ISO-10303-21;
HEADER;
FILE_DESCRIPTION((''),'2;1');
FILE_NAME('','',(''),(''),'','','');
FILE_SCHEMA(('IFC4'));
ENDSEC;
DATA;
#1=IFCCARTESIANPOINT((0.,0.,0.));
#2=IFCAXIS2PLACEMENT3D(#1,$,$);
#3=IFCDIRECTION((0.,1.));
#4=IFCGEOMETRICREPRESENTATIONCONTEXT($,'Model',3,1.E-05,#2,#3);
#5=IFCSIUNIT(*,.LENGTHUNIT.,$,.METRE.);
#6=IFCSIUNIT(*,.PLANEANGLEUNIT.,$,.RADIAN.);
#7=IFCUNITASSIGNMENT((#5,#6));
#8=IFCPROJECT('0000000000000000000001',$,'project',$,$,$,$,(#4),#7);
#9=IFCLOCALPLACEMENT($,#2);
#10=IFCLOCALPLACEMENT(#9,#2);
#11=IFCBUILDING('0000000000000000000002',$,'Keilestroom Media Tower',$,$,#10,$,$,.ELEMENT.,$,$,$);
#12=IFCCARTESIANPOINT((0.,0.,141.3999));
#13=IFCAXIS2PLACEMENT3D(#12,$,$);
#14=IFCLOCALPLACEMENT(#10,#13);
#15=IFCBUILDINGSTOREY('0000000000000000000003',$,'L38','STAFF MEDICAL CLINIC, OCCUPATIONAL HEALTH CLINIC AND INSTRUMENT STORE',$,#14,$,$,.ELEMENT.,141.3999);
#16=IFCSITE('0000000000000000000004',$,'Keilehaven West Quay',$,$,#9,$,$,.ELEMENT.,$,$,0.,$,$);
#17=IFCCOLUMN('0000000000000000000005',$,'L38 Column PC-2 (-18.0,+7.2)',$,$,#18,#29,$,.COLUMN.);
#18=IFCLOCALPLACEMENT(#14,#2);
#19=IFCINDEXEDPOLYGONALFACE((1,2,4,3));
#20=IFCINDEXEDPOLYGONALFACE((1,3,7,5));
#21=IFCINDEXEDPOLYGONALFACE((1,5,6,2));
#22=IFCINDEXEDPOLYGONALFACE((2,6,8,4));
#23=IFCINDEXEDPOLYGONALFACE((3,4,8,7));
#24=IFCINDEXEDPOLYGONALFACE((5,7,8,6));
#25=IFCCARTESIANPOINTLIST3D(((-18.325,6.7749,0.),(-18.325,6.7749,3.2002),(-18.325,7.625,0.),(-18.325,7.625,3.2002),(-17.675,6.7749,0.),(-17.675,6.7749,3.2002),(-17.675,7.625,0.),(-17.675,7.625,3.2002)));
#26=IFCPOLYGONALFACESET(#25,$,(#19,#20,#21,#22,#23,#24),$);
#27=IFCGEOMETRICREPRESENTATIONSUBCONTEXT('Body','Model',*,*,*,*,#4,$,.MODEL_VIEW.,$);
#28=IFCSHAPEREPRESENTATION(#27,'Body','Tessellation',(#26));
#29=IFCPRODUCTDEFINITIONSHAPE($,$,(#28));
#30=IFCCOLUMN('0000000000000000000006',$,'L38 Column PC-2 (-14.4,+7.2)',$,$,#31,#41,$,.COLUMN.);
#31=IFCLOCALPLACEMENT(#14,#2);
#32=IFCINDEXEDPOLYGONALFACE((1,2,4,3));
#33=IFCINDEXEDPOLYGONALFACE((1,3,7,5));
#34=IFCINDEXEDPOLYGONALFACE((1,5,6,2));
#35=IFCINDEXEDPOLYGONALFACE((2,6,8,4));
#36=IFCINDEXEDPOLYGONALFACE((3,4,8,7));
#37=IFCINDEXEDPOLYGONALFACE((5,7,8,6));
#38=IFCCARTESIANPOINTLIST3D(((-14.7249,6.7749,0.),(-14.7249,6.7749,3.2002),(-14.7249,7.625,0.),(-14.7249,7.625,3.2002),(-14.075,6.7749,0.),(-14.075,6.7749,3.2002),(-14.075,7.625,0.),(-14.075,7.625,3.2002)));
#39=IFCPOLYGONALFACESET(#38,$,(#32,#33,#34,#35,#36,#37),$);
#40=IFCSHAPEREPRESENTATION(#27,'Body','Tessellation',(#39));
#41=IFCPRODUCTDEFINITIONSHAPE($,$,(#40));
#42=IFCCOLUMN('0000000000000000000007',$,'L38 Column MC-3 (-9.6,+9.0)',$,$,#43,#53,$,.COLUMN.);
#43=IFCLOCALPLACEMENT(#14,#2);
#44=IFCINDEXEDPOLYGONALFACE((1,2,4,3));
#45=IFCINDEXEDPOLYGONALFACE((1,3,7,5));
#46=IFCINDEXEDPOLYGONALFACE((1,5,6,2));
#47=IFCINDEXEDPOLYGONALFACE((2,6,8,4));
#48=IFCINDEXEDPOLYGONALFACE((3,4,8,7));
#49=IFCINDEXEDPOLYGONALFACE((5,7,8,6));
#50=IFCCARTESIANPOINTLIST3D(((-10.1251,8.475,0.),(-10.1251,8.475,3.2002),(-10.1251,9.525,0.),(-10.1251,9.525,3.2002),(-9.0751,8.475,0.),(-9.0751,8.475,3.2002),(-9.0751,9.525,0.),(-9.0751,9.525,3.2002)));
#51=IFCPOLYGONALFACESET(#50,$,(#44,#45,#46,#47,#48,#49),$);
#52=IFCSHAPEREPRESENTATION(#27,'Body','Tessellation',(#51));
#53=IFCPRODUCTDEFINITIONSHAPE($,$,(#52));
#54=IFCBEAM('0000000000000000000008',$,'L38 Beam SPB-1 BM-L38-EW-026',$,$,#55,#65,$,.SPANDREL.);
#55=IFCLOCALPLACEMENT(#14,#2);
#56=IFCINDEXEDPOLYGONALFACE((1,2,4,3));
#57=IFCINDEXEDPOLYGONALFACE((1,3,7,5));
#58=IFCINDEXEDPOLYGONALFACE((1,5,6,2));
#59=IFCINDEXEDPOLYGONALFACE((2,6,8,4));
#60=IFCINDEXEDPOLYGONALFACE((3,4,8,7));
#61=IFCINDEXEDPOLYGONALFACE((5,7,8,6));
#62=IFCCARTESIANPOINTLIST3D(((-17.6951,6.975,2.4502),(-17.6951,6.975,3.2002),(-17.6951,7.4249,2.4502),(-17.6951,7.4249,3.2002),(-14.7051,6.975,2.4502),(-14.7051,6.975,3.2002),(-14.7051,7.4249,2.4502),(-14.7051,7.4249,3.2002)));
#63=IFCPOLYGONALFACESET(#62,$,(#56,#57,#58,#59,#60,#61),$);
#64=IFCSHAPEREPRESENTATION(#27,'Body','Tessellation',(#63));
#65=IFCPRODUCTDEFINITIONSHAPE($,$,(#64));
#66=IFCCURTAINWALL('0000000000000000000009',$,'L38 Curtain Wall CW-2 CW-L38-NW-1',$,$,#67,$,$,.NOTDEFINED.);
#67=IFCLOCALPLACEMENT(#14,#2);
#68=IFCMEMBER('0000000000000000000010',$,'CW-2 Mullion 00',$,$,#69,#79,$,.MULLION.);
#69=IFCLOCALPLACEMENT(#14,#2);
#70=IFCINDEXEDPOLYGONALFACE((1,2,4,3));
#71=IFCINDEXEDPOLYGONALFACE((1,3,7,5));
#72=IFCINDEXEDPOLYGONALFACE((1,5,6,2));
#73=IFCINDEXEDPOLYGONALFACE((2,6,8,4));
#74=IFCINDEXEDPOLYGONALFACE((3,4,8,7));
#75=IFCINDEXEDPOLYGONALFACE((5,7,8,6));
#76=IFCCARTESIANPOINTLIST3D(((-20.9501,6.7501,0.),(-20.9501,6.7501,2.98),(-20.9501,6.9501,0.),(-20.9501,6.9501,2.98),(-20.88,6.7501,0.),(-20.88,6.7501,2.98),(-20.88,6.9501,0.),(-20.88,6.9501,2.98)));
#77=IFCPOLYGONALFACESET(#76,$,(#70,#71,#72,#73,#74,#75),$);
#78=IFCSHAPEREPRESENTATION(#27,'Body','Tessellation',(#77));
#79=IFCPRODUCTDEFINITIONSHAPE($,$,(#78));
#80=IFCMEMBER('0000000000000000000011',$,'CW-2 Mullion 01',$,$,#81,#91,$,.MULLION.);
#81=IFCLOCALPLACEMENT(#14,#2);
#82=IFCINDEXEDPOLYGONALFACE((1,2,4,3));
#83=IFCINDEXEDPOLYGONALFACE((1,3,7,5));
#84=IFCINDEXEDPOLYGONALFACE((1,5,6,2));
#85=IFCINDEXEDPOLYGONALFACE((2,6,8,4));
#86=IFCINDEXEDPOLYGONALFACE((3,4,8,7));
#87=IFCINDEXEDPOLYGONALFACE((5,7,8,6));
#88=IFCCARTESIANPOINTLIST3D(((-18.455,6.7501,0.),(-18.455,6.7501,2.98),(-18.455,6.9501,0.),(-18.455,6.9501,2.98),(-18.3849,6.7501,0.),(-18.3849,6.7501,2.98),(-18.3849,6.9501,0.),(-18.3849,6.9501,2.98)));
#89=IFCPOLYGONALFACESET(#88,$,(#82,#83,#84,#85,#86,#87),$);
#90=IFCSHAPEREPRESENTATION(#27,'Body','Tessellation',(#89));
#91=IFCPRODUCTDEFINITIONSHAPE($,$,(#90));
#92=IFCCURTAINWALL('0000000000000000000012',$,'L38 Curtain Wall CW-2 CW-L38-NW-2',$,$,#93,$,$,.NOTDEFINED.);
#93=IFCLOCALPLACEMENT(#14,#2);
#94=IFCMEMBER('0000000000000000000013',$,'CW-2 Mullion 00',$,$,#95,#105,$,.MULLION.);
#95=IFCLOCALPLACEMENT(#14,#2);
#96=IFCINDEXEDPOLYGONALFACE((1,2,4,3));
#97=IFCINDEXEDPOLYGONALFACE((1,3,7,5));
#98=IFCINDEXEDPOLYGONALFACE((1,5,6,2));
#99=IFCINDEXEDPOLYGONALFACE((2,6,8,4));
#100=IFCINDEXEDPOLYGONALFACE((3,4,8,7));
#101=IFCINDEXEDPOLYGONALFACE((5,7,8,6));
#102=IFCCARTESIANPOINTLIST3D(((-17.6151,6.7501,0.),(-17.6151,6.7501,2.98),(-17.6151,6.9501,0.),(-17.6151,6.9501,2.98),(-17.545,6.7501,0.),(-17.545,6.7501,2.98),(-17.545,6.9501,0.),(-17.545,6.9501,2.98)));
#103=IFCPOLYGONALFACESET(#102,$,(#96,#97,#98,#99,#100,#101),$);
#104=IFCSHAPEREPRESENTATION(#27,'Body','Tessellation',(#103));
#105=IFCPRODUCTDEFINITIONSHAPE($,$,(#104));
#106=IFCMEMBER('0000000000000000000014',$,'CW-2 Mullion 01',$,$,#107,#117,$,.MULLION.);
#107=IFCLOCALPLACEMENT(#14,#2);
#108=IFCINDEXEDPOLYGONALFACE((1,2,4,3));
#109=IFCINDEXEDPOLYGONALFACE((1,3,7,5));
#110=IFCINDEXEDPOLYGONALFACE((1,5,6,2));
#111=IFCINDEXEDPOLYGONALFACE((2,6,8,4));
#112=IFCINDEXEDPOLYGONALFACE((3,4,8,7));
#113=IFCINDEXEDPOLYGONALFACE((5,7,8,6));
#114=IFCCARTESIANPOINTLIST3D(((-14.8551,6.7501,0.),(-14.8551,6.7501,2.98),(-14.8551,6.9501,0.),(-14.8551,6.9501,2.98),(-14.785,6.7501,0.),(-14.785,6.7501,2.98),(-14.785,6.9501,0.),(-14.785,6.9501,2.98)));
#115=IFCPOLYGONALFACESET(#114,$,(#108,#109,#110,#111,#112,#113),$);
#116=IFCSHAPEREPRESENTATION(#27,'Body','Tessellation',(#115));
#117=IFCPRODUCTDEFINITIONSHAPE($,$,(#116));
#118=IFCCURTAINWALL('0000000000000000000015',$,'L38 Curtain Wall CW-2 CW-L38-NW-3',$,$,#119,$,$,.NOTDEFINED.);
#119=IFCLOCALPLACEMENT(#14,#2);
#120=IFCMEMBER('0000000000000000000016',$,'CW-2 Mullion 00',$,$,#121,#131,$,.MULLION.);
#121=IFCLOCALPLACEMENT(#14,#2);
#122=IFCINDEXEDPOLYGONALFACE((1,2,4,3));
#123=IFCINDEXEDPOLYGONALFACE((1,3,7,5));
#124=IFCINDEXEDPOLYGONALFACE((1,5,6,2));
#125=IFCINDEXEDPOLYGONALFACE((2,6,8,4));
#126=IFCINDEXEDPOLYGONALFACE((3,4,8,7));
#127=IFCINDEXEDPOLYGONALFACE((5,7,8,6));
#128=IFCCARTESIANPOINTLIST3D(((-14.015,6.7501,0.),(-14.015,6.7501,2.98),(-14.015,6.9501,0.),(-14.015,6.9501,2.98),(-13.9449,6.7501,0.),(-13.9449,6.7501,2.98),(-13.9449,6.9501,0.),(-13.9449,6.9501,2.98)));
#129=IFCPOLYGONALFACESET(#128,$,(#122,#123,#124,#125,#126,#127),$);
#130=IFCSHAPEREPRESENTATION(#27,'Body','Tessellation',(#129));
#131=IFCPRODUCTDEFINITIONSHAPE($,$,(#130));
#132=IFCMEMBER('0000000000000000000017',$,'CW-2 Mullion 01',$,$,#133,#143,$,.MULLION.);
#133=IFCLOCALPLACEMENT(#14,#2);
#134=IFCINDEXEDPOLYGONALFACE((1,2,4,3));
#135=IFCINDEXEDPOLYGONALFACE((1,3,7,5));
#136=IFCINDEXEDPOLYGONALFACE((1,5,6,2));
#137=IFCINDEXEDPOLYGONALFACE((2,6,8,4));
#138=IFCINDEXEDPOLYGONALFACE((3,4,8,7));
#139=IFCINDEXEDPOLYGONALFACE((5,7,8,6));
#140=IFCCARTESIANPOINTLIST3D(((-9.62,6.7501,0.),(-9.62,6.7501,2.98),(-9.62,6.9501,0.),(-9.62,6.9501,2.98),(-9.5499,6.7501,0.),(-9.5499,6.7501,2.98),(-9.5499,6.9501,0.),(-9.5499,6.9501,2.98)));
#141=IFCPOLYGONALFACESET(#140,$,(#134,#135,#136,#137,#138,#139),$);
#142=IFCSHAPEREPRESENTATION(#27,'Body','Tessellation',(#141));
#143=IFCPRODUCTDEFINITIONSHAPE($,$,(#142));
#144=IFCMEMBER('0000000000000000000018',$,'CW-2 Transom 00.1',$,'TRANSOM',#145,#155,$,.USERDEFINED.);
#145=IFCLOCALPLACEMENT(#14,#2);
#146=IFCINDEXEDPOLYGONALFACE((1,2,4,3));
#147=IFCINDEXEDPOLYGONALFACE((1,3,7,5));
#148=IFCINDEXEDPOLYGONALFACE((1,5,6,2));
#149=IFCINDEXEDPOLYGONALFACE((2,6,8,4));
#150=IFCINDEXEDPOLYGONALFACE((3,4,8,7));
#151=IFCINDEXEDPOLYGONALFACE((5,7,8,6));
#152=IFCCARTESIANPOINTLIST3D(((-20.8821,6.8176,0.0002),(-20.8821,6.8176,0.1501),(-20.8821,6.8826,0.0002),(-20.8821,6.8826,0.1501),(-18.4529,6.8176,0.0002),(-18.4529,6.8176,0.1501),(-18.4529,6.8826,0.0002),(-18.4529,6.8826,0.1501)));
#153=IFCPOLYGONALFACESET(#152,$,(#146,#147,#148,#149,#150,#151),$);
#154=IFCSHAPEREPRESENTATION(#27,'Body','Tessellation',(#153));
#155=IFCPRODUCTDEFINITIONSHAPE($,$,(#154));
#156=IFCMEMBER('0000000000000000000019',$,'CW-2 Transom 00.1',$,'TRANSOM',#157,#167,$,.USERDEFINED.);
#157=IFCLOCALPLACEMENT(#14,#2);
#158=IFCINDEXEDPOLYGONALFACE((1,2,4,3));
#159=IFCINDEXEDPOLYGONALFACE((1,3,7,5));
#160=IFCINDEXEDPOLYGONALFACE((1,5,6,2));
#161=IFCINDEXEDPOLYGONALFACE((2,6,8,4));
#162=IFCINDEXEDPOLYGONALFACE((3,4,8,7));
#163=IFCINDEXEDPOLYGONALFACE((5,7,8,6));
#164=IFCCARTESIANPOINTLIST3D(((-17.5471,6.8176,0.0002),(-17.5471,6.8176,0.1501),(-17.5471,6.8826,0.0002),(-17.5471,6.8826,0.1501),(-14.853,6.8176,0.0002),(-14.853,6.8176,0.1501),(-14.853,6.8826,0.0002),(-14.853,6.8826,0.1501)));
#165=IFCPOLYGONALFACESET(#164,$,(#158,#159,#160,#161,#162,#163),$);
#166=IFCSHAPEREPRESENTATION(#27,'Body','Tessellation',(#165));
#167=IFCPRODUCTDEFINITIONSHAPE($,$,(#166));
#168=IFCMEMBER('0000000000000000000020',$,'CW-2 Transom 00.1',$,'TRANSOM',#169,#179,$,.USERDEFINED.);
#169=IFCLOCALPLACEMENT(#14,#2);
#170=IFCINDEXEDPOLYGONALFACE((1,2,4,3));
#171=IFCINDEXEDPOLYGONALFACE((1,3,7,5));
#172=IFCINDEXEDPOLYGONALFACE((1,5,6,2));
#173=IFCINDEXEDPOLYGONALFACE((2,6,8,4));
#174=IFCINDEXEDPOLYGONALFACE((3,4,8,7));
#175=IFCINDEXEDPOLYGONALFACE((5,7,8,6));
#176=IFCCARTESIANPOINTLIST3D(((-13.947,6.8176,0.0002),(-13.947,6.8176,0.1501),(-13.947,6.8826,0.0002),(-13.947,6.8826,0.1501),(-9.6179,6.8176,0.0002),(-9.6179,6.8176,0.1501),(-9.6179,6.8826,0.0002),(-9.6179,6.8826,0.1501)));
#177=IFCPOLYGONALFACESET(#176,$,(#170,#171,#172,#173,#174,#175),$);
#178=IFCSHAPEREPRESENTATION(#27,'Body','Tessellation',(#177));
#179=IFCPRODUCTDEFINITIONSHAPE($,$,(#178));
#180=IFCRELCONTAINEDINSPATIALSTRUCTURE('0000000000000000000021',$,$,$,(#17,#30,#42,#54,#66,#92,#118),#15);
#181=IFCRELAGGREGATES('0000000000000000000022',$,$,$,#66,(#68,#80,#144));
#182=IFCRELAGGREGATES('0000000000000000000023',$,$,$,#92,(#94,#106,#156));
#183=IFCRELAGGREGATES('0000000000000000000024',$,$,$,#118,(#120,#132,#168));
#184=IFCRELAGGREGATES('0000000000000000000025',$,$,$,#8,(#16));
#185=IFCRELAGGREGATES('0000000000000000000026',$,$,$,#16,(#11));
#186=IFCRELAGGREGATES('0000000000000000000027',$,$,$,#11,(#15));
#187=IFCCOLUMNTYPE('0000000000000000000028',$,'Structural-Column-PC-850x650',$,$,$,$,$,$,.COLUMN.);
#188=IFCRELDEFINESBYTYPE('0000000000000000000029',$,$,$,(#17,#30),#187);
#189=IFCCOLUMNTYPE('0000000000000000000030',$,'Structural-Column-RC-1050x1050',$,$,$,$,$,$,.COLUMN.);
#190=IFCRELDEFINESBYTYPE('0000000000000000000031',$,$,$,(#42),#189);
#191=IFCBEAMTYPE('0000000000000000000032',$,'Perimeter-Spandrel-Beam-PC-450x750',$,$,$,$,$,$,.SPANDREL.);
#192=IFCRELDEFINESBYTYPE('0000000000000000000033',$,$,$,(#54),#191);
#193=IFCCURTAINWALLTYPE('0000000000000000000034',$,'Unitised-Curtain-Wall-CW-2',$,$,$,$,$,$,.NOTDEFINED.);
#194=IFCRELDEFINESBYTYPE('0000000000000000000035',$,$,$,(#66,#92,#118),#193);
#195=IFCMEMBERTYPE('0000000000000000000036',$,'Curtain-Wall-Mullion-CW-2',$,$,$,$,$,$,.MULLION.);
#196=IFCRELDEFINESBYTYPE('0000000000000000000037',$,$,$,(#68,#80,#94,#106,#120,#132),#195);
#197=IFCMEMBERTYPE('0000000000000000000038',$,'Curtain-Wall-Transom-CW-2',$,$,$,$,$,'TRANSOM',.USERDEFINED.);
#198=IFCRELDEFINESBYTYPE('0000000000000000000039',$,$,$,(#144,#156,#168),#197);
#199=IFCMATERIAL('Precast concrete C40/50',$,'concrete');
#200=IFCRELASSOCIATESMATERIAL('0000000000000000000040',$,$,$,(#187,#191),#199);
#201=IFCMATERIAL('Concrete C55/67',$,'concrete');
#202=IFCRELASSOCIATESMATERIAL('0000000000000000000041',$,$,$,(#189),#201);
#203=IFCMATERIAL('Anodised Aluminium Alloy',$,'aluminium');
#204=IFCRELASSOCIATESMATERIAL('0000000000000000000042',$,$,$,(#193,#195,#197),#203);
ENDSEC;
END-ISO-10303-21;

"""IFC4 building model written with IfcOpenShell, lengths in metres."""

from ifc_helpers import new_model, si_unit, direction, frame, origin, origin_2d, place, context, subcontext, project, spatial, rectangle, extrude, source, transform, mapped, material, material_profile, profile_set, type_object, element, aggregate, save


model = new_model("IFC4")

# Units and contexts
model_context = context("Model", 3, precision=1e-05, world=origin(), true_north=direction((0.0, 1.0)))
body_context = subcontext(model_context, "Body", "Model", "MODEL_VIEW")
ifc_project = project(units=[si_unit("LENGTHUNIT", "METRE"), si_unit("PLANEANGLEUNIT", "RADIAN")], contexts=[model_context])

# Site, building, storey
site_placement = place(None, origin())
site = spatial("IfcSite", under=ifc_project, at=site_placement, Name="Keilehaven West Quay", CompositionType="ELEMENT", RefElevation=0.0)
building_placement = place(site_placement, origin())
building = spatial("IfcBuilding", under=site, at=building_placement, Name="Keilestroom Media Tower", CompositionType="ELEMENT")
storey_placement = place(building_placement, frame((0.0, 0.0, 141.3999)))
storey = spatial("IfcBuildingStorey", under=building, at=storey_placement, Name="L38", Description="STAFF MEDICAL CLINIC, OCCUPATIONAL HEALTH CLINIC AND INSTRUMENT STORE", CompositionType="ELEMENT", Elevation=141.3999)

# Columns
ifc_material_1 = material(Name="Precast concrete C40/50", Category="concrete")
ifc_material_profile_1 = material_profile(ifc_material_1, rectangle(XDim=0.6499, YDim=0.8501, at=origin_2d()), Name="PC 850x650")
ifc_profile_set_1 = profile_set([ifc_material_profile_1], Name="Precast concrete C40/50")
column_type_1 = type_object("IfcColumnType", Name="Structural-Column-PC-850x650", PredefinedType="COLUMN", material=ifc_profile_set_1)
shared_shape_1 = source(origin(), body_context, "Body", "SweptSolid", [
    extrude(rectangle(XDim=0.6499, YDim=0.8501, at=origin_2d()), origin(), (0.0, 0.0, 1.0), 3.2002),
])
for number, where, z_axis, x_axis, name in (
    (1, (-18.0, 7.2, 0.0), (0.0, 0.0, 1.0), (1.0, 0.0, 0.0), "L38 Column PC-2 (-18.0,+7.2)"),
    (2, (-14.3999, 7.2, 0.0), (0.0, 0.0, 1.0), (1.0, 0.0, 0.0), "L38 Column PC-2 (-14.4,+7.2)"),
):
    element("IfcColumn", number, at=place(storey_placement, frame(where, z_axis=z_axis, x_axis=x_axis)), inside=storey, type_object=column_type_1, Name=name, PredefinedType="COLUMN", context=body_context, shape_type="MappedRepresentation", body=[
        mapped(shared_shape_1, transform((0.0, 0.0, 0.0), x_axis=(1.0, 0.0, 0.0), y_axis=(0.0, 1.0, 0.0), z_axis=(0.0, 0.0, 1.0), scale=1.0)),
    ])
ifc_material_2 = material(Name="Concrete C55/67", Category="concrete")
ifc_material_profile_2 = material_profile(ifc_material_2, rectangle(XDim=1.05, YDim=1.05, at=origin_2d()), Name="RC 1050x1050")
ifc_profile_set_2 = profile_set([ifc_material_profile_2], Name="Concrete C55/67")
column_type_2 = type_object("IfcColumnType", Name="Structural-Column-RC-1050x1050", PredefinedType="COLUMN", material=ifc_profile_set_2)
shared_shape_2 = source(origin(), body_context, "Body", "SweptSolid", [
    extrude(rectangle(XDim=1.05, YDim=1.05, at=origin_2d()), origin(), (0.0, 0.0, 1.0), 3.2002),
])
column_placement = place(storey_placement, frame((-9.6001, 9.0, 0.0), z_axis=(0.0, 0.0, 1.0), x_axis=(1.0, 0.0, 0.0)))
element("IfcColumn", 3, at=column_placement, inside=storey, type_object=column_type_2, Name="L38 Column MC-3 (-9.6,+9.0)", PredefinedType="COLUMN", context=body_context, shape_type="MappedRepresentation", body=[
    mapped(shared_shape_2, transform((0.0, 0.0, 0.0), x_axis=(1.0, 0.0, 0.0), y_axis=(0.0, 1.0, 0.0), z_axis=(0.0, 0.0, 1.0), scale=1.0)),
])

# Beam
ifc_material_profile_3 = material_profile(ifc_material_1, rectangle(XDim=0.45, YDim=0.75, at=origin_2d()), Name="PC 450x750")
ifc_profile_set_3 = profile_set([ifc_material_profile_3], Name="Precast concrete C40/50")
beam_type = type_object("IfcBeamType", Name="Perimeter-Spandrel-Beam-PC-450x750", PredefinedType="SPANDREL", material=ifc_profile_set_3)
shared_shape_3 = source(origin(), body_context, "Body", "SweptSolid", [
    extrude(rectangle(XDim=0.45, YDim=0.75, at=origin_2d()), origin(), (0.0, 0.0, 1.0), 2.99),
])
beam_placement = place(storey_placement, frame((-17.6951, 7.2, 2.8252), z_axis=(1.0, 0.0, 0.0), x_axis=(0.0, 1.0, 0.0)))
element("IfcBeam", 4, at=beam_placement, inside=storey, type_object=beam_type, Name="L38 Beam SPB-1 BM-L38-EW-026", PredefinedType="SPANDREL", context=body_context, shape_type="MappedRepresentation", body=[
    mapped(shared_shape_3, transform((0.0, 0.0, 0.0), x_axis=(1.0, 0.0, 0.0), y_axis=(0.0, 1.0, 0.0), z_axis=(0.0, 0.0, 1.0), scale=1.0)),
])

# Curtain walls, members
ifc_material_3 = material(Name="Anodised Aluminium Alloy", Category="aluminium")
curtain_wall_type = type_object("IfcCurtainWallType", Name="Unitised-Curtain-Wall-CW-2", PredefinedType="NOTDEFINED", material=ifc_material_3)
curtain_wall_1_placement = place(storey_placement, origin())
curtain_wall_1 = element("IfcCurtainWall", 5, at=curtain_wall_1_placement, inside=storey, type_object=curtain_wall_type, Name="L38 Curtain Wall CW-2 CW-L38-NW-1", PredefinedType="NOTDEFINED")
ifc_material_profile_4 = material_profile(ifc_material_3, rectangle(XDim=0.0701, YDim=0.2, at=origin_2d()), Name="ALU MULLION 70x200")
ifc_profile_set_4 = profile_set([ifc_material_profile_4], Name="Anodised Aluminium Alloy")
member_type_1 = type_object("IfcMemberType", Name="Curtain-Wall-Mullion-CW-2", PredefinedType="MULLION", material=ifc_profile_set_4)
shared_shape_4 = source(origin(), body_context, "Body", "SweptSolid", [
    extrude(rectangle(XDim=0.0701, YDim=0.2, at=origin_2d()), origin(), (0.0, 0.0, 1.0), 2.98),
])
member_1_placement = place(storey_placement, frame((-20.915, 6.8501, 0.0), z_axis=(0.0, 0.0, 1.0), x_axis=(1.0, 0.0, 0.0)))
member_1 = element("IfcMember", 6, at=member_1_placement, type_object=member_type_1, Name="CW-2 Mullion 00", PredefinedType="MULLION", context=body_context, shape_type="MappedRepresentation", body=[
    mapped(shared_shape_4, transform((0.0, 0.0, 0.0), x_axis=(1.0, 0.0, 0.0), y_axis=(0.0, 1.0, 0.0), z_axis=(0.0, 0.0, 1.0), scale=1.0)),
])
member_2_placement = place(storey_placement, frame((-18.4199, 6.8501, 0.0), z_axis=(0.0, 0.0, 1.0), x_axis=(1.0, 0.0, 0.0)))
member_2 = element("IfcMember", 7, at=member_2_placement, type_object=member_type_1, Name="CW-2 Mullion 01", PredefinedType="MULLION", context=body_context, shape_type="MappedRepresentation", body=[
    mapped(shared_shape_4, transform((0.0, 0.0, 0.0), x_axis=(1.0, 0.0, 0.0), y_axis=(0.0, 1.0, 0.0), z_axis=(0.0, 0.0, 1.0), scale=1.0)),
])
curtain_wall_2_placement = place(storey_placement, origin())
curtain_wall_2 = element("IfcCurtainWall", 8, at=curtain_wall_2_placement, inside=storey, type_object=curtain_wall_type, Name="L38 Curtain Wall CW-2 CW-L38-NW-2", PredefinedType="NOTDEFINED")
member_3_placement = place(storey_placement, frame((-17.5801, 6.8501, 0.0), z_axis=(0.0, 0.0, 1.0), x_axis=(1.0, 0.0, 0.0)))
member_3 = element("IfcMember", 9, at=member_3_placement, type_object=member_type_1, Name="CW-2 Mullion 00", PredefinedType="MULLION", context=body_context, shape_type="MappedRepresentation", body=[
    mapped(shared_shape_4, transform((0.0, 0.0, 0.0), x_axis=(1.0, 0.0, 0.0), y_axis=(0.0, 1.0, 0.0), z_axis=(0.0, 0.0, 1.0), scale=1.0)),
])
member_4_placement = place(storey_placement, frame((-14.8201, 6.8501, 0.0), z_axis=(0.0, 0.0, 1.0), x_axis=(1.0, 0.0, 0.0)))
member_4 = element("IfcMember", 10, at=member_4_placement, type_object=member_type_1, Name="CW-2 Mullion 01", PredefinedType="MULLION", context=body_context, shape_type="MappedRepresentation", body=[
    mapped(shared_shape_4, transform((0.0, 0.0, 0.0), x_axis=(1.0, 0.0, 0.0), y_axis=(0.0, 1.0, 0.0), z_axis=(0.0, 0.0, 1.0), scale=1.0)),
])
curtain_wall_3_placement = place(storey_placement, origin())
curtain_wall_3 = element("IfcCurtainWall", 11, at=curtain_wall_3_placement, inside=storey, type_object=curtain_wall_type, Name="L38 Curtain Wall CW-2 CW-L38-NW-3", PredefinedType="NOTDEFINED")
member_5_placement = place(storey_placement, frame((-13.98, 6.8501, 0.0), z_axis=(0.0, 0.0, 1.0), x_axis=(1.0, 0.0, 0.0)))
member_5 = element("IfcMember", 12, at=member_5_placement, type_object=member_type_1, Name="CW-2 Mullion 00", PredefinedType="MULLION", context=body_context, shape_type="MappedRepresentation", body=[
    mapped(shared_shape_4, transform((0.0, 0.0, 0.0), x_axis=(1.0, 0.0, 0.0), y_axis=(0.0, 1.0, 0.0), z_axis=(0.0, 0.0, 1.0), scale=1.0)),
])
member_6_placement = place(storey_placement, frame((-9.585, 6.8501, 0.0), z_axis=(0.0, 0.0, 1.0), x_axis=(1.0, 0.0, 0.0)))
member_6 = element("IfcMember", 13, at=member_6_placement, type_object=member_type_1, Name="CW-2 Mullion 01", PredefinedType="MULLION", context=body_context, shape_type="MappedRepresentation", body=[
    mapped(shared_shape_4, transform((0.0, 0.0, 0.0), x_axis=(1.0, 0.0, 0.0), y_axis=(0.0, 1.0, 0.0), z_axis=(0.0, 0.0, 1.0), scale=1.0)),
])

# Members
ifc_material_profile_5 = material_profile(ifc_material_3, rectangle(XDim=0.0649, YDim=0.1499, at=origin_2d()), Name="ALU TRANSOM 65x150")
ifc_profile_set_5 = profile_set([ifc_material_profile_5], Name="Anodised Aluminium Alloy")
member_type_2 = type_object("IfcMemberType", Name="Curtain-Wall-Transom-CW-2", ElementType="TRANSOM", PredefinedType="USERDEFINED", material=ifc_profile_set_5)
shared_shape_5 = source(origin(), body_context, "Body", "SweptSolid", [
    extrude(rectangle(XDim=0.0649, YDim=0.1499, at=origin_2d()), origin(), (0.0, 0.0, 1.0), 2.4292),
])
member_7_placement = place(storey_placement, frame((-20.8821, 6.8501, 0.0752), z_axis=(1.0, 0.0, 0.0), x_axis=(0.0, 1.0, 0.0)))
member_7 = element("IfcMember", 14, at=member_7_placement, type_object=member_type_2, Name="CW-2 Transom 00.1", ObjectType="TRANSOM", PredefinedType="USERDEFINED", context=body_context, shape_type="MappedRepresentation", body=[
    mapped(shared_shape_5, transform((0.0, 0.0, 0.0), x_axis=(1.0, 0.0, 0.0), y_axis=(0.0, 1.0, 0.0), z_axis=(0.0, 0.0, 1.0), scale=1.0)),
])
shared_shape_6 = source(origin(), body_context, "Body", "SweptSolid", [
    extrude(rectangle(XDim=0.0649, YDim=0.1499, at=origin_2d()), origin(), (0.0, 0.0, 1.0), 2.6941),
])
member_8_placement = place(storey_placement, frame((-17.5471, 6.8501, 0.0752), z_axis=(1.0, 0.0, 0.0), x_axis=(0.0, 1.0, 0.0)))
member_8 = element("IfcMember", 15, at=member_8_placement, type_object=member_type_2, Name="CW-2 Transom 00.1", ObjectType="TRANSOM", PredefinedType="USERDEFINED", context=body_context, shape_type="MappedRepresentation", body=[
    mapped(shared_shape_6, transform((0.0, 0.0, 0.0), x_axis=(1.0, 0.0, 0.0), y_axis=(0.0, 1.0, 0.0), z_axis=(0.0, 0.0, 1.0), scale=1.0)),
])
shared_shape_7 = source(origin(), body_context, "Body", "SweptSolid", [
    extrude(rectangle(XDim=0.0649, YDim=0.1499, at=origin_2d()), origin(), (0.0, 0.0, 1.0), 4.3291),
])
member_9_placement = place(storey_placement, frame((-13.947, 6.8501, 0.0752), z_axis=(1.0, 0.0, 0.0), x_axis=(0.0, 1.0, 0.0)))
member_9 = element("IfcMember", 16, at=member_9_placement, type_object=member_type_2, Name="CW-2 Transom 00.1", ObjectType="TRANSOM", PredefinedType="USERDEFINED", context=body_context, shape_type="MappedRepresentation", body=[
    mapped(shared_shape_7, transform((0.0, 0.0, 0.0), x_axis=(1.0, 0.0, 0.0), y_axis=(0.0, 1.0, 0.0), z_axis=(0.0, 0.0, 1.0), scale=1.0)),
])

aggregate(curtain_wall_1, [member_1, member_2, member_7])
aggregate(curtain_wall_2, [member_3, member_4, member_8])
aggregate(curtain_wall_3, [member_5, member_6, member_9])

save(model, "model.ifc")
